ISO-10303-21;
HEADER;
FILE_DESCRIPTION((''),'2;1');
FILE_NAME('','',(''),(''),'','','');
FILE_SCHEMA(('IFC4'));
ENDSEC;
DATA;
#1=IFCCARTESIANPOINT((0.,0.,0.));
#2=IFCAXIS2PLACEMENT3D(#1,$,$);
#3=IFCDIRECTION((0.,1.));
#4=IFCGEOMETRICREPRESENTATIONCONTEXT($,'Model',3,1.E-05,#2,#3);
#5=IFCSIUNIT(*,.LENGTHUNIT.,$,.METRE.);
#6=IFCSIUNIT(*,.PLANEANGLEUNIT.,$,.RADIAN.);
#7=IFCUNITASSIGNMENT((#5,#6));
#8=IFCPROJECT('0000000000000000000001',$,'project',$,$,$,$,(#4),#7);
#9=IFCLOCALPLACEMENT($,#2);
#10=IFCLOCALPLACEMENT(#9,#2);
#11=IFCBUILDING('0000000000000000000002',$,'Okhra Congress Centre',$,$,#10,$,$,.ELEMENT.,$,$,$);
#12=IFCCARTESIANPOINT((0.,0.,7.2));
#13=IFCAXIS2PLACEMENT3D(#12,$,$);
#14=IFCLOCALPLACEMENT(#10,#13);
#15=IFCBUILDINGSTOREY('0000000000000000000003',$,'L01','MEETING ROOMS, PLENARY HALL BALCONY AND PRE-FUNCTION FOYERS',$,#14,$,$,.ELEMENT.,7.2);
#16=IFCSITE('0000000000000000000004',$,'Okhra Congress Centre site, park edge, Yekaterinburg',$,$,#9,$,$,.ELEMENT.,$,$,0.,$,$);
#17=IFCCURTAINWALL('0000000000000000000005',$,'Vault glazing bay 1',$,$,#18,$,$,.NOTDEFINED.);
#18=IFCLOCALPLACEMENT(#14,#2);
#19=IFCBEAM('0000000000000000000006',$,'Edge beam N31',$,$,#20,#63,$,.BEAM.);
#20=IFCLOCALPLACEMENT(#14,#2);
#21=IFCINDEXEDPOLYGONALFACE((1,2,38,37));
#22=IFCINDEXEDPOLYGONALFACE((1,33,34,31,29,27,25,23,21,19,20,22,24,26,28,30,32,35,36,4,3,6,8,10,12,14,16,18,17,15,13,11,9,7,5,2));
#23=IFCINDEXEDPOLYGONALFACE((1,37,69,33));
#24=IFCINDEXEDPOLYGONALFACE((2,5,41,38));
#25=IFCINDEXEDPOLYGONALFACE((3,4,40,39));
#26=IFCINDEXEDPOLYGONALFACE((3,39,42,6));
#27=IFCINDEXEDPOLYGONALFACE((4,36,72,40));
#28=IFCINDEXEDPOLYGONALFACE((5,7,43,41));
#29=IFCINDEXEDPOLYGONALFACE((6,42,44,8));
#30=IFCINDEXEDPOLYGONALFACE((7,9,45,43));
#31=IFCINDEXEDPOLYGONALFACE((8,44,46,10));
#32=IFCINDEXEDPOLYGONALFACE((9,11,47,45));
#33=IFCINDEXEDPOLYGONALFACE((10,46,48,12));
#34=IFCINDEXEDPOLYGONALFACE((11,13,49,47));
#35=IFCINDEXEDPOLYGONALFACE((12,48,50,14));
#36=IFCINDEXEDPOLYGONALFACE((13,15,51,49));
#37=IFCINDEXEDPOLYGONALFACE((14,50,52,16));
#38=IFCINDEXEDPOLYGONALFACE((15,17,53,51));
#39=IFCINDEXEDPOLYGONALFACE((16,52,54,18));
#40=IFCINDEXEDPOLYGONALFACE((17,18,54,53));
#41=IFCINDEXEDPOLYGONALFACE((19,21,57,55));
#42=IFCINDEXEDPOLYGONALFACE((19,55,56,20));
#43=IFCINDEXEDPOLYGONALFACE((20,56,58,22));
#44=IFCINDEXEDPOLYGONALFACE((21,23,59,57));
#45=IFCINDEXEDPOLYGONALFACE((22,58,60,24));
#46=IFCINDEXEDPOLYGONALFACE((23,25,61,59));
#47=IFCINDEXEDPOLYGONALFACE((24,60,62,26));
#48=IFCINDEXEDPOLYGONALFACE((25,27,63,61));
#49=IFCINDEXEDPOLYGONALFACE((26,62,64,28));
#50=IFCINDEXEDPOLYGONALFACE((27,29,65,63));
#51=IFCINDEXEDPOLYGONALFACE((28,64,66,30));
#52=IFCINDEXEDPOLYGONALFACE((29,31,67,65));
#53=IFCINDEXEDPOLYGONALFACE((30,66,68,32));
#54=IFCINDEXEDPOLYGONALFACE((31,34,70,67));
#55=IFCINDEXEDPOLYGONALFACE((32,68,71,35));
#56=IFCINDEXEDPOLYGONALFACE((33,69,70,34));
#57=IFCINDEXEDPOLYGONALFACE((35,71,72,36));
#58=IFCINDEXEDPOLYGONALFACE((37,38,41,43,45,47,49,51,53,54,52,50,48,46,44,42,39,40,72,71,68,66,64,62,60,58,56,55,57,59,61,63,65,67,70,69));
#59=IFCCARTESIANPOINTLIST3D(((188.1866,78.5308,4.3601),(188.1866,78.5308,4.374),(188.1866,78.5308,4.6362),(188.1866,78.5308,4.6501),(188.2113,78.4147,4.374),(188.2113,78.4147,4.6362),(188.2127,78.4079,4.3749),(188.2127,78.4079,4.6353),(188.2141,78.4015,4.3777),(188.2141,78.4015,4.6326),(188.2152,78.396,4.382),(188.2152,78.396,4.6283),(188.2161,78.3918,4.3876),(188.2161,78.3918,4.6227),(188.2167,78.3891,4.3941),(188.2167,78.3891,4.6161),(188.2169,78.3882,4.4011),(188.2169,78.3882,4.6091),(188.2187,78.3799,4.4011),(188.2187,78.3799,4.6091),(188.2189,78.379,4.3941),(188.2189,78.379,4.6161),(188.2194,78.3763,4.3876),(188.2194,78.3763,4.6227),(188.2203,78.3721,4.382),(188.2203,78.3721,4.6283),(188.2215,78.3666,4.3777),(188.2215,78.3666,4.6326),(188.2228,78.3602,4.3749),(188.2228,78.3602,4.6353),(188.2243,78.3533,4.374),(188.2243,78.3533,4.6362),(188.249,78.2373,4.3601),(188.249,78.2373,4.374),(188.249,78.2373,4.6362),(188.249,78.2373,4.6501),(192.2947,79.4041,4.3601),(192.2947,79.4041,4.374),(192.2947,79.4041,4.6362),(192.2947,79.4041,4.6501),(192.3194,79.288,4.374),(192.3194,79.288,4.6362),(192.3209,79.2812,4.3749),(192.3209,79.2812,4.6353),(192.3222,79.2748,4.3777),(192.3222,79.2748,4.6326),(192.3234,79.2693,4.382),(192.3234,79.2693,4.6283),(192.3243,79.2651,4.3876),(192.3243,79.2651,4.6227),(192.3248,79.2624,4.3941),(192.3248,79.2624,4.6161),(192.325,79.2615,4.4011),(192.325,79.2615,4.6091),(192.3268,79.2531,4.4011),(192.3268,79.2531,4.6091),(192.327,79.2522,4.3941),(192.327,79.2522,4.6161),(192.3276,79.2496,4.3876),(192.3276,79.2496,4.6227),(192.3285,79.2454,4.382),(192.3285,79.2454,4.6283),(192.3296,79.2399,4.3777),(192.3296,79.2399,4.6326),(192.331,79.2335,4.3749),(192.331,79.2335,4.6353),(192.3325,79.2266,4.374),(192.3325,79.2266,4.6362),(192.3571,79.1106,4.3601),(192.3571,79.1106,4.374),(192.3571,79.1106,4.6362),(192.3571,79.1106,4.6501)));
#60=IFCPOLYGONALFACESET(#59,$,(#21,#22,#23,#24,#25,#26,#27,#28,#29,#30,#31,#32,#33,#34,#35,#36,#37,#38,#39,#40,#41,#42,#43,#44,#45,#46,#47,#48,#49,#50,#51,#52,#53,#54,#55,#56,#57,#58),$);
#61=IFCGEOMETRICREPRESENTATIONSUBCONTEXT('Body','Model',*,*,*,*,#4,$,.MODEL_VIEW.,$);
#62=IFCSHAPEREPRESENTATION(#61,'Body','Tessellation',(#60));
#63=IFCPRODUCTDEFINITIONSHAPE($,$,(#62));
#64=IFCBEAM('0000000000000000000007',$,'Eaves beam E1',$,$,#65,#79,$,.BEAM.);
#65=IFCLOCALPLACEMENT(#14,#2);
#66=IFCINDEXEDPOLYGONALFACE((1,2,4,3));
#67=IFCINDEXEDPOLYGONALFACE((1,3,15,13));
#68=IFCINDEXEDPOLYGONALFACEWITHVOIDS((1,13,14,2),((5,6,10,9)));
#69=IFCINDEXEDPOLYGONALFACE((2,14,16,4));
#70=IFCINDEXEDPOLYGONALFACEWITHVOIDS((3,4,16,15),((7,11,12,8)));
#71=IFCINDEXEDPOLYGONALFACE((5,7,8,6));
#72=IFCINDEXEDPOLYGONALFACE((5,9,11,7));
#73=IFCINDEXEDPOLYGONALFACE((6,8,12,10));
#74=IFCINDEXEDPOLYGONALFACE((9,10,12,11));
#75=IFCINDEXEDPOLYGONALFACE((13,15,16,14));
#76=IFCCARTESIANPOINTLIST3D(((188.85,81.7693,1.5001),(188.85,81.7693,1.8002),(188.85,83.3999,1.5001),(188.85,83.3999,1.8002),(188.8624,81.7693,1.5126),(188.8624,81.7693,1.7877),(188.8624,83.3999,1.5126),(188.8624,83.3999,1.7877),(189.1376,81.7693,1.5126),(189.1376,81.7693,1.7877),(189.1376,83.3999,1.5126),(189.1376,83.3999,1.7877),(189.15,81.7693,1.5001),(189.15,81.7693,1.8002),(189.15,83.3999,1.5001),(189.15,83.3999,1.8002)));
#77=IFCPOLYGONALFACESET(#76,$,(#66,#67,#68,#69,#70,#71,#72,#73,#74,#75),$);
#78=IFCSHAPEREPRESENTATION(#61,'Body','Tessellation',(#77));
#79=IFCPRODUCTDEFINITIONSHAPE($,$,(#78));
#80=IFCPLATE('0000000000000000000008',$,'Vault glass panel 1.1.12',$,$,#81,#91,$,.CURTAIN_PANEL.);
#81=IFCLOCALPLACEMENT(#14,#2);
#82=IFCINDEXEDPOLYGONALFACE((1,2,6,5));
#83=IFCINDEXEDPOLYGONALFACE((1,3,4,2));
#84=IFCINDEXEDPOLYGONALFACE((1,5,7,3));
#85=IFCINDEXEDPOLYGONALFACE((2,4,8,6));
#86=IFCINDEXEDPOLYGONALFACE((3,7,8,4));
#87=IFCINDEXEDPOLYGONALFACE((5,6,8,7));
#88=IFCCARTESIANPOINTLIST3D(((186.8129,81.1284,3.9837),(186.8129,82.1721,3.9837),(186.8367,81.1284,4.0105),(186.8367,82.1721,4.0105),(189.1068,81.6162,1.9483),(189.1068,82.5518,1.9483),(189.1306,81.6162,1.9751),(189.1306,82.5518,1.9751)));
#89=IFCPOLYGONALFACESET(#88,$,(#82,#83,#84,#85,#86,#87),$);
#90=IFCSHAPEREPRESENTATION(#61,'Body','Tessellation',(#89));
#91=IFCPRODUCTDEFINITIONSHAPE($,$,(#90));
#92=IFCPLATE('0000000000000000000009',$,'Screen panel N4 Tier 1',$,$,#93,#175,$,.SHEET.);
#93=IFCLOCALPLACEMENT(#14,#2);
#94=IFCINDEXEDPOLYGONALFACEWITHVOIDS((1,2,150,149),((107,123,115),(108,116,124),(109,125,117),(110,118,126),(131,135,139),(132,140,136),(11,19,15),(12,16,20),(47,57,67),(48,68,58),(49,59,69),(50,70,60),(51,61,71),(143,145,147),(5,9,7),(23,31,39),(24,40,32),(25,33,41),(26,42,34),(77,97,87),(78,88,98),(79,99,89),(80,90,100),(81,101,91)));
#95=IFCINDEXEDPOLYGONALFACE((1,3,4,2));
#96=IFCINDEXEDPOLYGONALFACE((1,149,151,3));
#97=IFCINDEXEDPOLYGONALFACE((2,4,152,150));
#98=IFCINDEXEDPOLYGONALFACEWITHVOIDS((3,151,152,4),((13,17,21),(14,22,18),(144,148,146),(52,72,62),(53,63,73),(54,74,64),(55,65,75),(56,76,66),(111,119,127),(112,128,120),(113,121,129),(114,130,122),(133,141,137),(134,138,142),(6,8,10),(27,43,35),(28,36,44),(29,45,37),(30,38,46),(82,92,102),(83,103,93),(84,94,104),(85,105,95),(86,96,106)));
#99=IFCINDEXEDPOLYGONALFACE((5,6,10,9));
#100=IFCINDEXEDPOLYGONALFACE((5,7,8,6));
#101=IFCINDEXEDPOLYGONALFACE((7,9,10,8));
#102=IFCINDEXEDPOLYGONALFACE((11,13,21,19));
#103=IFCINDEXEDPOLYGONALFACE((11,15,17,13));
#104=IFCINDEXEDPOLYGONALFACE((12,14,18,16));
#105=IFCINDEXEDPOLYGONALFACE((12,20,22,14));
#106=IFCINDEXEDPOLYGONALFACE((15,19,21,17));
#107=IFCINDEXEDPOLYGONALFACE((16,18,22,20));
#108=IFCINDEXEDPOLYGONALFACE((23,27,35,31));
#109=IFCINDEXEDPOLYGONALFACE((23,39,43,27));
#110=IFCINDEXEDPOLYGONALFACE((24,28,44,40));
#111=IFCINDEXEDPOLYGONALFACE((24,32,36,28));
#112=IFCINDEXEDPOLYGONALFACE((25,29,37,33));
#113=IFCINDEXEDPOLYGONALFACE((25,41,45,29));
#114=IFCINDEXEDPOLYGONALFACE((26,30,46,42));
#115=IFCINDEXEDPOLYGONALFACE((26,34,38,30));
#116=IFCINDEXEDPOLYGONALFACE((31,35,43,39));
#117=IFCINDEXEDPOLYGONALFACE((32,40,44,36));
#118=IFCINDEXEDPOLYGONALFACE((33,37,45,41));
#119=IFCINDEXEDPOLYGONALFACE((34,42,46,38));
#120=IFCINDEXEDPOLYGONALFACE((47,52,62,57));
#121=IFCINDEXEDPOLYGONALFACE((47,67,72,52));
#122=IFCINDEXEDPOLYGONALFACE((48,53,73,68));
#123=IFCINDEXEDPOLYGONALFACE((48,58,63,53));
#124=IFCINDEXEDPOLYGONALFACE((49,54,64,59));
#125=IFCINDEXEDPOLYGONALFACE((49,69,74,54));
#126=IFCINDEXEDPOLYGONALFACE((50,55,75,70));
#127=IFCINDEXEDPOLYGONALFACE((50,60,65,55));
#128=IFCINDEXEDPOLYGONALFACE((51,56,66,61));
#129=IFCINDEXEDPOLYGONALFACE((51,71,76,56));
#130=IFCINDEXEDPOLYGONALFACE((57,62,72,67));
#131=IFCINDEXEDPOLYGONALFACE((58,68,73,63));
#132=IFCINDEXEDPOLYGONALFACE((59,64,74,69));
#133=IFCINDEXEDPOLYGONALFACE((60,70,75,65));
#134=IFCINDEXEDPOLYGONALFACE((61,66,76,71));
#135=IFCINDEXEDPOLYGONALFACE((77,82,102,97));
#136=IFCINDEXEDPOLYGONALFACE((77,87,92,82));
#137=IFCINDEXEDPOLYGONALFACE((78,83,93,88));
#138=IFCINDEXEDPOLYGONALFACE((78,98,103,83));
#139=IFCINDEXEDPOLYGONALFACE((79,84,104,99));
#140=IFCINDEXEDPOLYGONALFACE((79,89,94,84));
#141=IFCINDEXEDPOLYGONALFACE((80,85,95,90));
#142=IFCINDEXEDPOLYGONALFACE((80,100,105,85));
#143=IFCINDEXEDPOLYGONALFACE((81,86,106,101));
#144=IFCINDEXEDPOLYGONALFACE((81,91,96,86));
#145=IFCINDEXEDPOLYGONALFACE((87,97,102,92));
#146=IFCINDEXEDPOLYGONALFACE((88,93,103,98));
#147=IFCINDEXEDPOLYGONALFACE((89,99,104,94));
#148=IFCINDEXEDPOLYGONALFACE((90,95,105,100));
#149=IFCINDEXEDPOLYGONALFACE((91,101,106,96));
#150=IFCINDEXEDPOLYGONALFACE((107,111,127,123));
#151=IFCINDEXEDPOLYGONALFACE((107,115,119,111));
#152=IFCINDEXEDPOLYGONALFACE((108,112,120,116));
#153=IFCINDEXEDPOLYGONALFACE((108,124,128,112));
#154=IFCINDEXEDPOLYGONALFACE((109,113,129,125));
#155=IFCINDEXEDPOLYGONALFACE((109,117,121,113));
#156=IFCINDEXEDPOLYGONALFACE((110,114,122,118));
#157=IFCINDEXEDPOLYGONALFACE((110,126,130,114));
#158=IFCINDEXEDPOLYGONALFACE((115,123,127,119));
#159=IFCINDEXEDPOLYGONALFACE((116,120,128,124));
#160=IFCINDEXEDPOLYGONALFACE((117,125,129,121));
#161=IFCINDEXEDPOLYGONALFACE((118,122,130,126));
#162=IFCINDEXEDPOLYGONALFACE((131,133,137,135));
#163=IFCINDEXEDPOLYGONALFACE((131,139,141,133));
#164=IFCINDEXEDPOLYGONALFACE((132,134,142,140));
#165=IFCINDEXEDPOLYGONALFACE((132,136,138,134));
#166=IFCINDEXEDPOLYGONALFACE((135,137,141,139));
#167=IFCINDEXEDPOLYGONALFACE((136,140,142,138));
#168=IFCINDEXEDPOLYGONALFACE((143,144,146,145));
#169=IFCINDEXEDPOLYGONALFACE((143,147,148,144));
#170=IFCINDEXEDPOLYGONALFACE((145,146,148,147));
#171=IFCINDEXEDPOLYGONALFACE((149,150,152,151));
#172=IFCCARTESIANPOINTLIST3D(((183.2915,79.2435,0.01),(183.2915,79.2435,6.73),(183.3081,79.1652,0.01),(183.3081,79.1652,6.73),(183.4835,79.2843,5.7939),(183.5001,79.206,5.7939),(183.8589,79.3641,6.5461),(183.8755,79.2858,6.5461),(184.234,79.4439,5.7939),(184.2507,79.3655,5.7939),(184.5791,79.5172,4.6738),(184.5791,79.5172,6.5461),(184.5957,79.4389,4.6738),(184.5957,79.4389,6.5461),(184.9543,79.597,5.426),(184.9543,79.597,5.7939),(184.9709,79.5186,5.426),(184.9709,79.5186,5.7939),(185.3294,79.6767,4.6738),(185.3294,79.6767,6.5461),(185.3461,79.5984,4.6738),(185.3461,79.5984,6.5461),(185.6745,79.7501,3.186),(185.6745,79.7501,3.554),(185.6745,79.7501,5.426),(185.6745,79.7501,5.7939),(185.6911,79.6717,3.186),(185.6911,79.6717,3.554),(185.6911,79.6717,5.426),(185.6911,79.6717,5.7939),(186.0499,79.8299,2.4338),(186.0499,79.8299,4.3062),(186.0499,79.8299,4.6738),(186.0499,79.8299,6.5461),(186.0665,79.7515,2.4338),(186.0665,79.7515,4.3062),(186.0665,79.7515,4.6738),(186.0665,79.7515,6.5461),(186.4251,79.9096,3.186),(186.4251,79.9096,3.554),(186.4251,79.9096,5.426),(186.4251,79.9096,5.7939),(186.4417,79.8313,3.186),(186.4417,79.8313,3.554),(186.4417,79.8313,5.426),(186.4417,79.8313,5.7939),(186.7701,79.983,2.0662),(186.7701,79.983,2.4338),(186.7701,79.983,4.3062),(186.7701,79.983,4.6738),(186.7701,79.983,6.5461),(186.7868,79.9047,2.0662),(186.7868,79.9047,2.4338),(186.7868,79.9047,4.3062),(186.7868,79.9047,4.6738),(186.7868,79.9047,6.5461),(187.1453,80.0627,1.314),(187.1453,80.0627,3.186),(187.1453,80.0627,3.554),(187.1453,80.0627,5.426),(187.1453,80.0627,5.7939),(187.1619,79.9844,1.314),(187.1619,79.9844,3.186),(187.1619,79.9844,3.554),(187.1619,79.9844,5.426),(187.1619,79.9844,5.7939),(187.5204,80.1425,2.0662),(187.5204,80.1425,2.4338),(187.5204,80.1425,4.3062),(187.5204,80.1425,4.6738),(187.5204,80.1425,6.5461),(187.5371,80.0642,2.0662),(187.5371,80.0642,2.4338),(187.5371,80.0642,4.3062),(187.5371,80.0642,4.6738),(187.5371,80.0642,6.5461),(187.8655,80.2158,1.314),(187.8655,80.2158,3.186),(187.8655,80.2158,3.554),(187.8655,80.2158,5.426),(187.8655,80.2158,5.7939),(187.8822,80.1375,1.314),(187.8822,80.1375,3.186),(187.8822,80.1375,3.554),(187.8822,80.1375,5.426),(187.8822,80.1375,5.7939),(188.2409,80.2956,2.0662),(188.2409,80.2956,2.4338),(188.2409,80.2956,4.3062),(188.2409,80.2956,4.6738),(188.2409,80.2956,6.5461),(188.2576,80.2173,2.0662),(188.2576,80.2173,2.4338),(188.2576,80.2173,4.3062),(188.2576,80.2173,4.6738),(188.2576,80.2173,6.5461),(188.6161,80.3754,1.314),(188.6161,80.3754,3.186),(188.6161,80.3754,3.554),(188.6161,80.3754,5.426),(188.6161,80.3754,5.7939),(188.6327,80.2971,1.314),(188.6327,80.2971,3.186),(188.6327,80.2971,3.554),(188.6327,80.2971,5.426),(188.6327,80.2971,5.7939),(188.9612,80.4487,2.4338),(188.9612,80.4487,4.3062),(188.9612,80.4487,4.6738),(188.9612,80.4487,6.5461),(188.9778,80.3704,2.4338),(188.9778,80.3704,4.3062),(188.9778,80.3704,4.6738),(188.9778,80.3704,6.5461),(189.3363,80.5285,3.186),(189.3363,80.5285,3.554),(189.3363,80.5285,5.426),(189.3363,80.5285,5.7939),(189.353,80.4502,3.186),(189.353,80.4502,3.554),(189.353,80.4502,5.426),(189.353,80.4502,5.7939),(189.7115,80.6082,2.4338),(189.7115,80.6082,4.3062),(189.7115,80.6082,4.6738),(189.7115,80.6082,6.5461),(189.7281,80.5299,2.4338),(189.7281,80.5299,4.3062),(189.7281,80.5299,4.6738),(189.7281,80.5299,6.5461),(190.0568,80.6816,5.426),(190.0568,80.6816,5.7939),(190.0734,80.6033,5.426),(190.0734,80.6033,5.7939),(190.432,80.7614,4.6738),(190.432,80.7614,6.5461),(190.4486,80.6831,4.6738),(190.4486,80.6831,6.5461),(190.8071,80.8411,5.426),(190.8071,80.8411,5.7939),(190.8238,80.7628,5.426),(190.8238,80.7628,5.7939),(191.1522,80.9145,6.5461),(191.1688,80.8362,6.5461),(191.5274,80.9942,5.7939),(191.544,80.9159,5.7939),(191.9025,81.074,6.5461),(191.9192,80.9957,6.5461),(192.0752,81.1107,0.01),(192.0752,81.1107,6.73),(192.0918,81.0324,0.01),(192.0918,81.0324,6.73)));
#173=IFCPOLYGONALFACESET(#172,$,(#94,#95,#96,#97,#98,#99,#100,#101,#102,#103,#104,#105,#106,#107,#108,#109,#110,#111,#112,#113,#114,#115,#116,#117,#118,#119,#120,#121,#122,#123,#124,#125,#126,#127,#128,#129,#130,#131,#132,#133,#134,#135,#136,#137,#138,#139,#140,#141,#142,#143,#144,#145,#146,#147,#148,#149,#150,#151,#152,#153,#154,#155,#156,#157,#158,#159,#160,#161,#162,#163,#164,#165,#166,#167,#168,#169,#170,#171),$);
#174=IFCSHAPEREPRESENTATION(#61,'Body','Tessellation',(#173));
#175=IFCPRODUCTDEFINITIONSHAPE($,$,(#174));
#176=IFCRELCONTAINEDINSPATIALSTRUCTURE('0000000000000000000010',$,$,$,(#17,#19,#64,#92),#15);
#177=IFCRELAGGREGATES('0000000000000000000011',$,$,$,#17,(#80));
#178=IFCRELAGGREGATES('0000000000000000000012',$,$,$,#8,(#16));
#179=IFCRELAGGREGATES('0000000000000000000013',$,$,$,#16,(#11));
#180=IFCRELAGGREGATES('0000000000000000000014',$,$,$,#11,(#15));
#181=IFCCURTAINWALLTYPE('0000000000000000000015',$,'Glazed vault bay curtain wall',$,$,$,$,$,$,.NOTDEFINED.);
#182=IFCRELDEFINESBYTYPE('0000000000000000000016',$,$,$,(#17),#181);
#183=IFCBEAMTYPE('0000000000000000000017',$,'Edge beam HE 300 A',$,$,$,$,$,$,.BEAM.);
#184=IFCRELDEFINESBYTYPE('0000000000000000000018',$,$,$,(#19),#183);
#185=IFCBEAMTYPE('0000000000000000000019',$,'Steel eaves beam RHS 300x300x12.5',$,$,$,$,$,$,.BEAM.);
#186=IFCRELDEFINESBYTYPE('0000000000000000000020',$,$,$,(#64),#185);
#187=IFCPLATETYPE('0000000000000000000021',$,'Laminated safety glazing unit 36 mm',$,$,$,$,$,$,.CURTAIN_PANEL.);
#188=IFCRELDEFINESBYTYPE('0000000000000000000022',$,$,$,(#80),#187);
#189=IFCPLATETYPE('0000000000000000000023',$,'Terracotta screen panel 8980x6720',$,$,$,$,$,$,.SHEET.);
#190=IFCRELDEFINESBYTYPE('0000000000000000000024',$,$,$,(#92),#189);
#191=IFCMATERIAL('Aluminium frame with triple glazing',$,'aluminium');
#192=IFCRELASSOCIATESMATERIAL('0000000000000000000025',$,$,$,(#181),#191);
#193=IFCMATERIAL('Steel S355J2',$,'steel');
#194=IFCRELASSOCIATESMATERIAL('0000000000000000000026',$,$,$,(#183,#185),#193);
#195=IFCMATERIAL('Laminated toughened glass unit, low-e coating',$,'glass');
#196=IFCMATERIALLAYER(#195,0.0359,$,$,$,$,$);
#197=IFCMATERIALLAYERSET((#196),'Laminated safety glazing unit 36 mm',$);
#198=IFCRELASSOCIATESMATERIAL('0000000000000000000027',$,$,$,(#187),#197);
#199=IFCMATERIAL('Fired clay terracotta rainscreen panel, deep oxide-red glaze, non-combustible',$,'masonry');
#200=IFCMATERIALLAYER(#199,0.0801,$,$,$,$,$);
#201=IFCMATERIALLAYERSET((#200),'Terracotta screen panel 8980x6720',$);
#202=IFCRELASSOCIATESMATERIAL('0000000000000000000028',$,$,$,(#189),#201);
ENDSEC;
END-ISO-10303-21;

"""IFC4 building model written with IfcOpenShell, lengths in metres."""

from ifc_helpers import new_model, si_unit, direction, frame, origin, origin_2d, place, context, subcontext, project, spatial, polyline, hollow_rectangle, i_section, outline, extrude, material, layer, layer_set, material_profile, profile_set, type_object, element, aggregate, save


model = new_model("IFC4")

# Units and contexts
model_context = context("Model", 3, precision=1e-05, world=origin(), true_north=direction((0.0, 1.0)))
body_context = subcontext(model_context, "Body", "Model", "MODEL_VIEW")
ifc_project = project(units=[si_unit("LENGTHUNIT", "METRE"), si_unit("PLANEANGLEUNIT", "RADIAN")], contexts=[model_context])

# Site, building, storey
site_placement = place(None, origin())
site = spatial("IfcSite", under=ifc_project, at=site_placement, Name="Okhra Congress Centre site, park edge, Yekaterinburg", CompositionType="ELEMENT", RefElevation=0.0)
building_placement = place(site_placement, origin())
building = spatial("IfcBuilding", under=site, at=building_placement, Name="Okhra Congress Centre", CompositionType="ELEMENT")
storey_placement = place(building_placement, frame((0.0, 0.0, 7.2)))
storey = spatial("IfcBuildingStorey", under=building, at=storey_placement, Name="L01", Description="MEETING ROOMS, PLENARY HALL BALCONY AND PRE-FUNCTION FOYERS", CompositionType="ELEMENT", Elevation=7.2)

# Shared definitions
ifc_material_1 = material(Name="Steel S355J2", Category="steel")

# Curtain wall
ifc_material_2 = material(Name="Aluminium frame with triple glazing", Category="aluminium")
curtain_wall_type_1 = type_object("IfcCurtainWallType", Name="Glazed vault bay curtain wall", PredefinedType="NOTDEFINED", material=ifc_material_2)
curtain_wall_1_placement = place(storey_placement, origin())
curtain_wall_1 = element("IfcCurtainWall", 1, at=curtain_wall_1_placement, inside=storey, type_object=curtain_wall_type_1, Name="Vault glazing bay 1", PredefinedType="NOTDEFINED")

# Beams
ifc_material_profile_1 = material_profile(ifc_material_1, i_section(OverallWidth=0.3, OverallDepth=0.29, WebThickness=0.0085, FlangeThickness=0.0139, FilletRadius=0.0271, at=origin_2d()), Name="HE 300 A")
ifc_profile_set_1 = profile_set([ifc_material_profile_1], Name="Steel S355J2")
beam_type_1 = type_object("IfcBeamType", Name="Edge beam HE 300 A", PredefinedType="BEAM", material=ifc_profile_set_1)
beam_1_placement = place(storey_placement, frame((188.2178, 78.384, 4.5051), z_axis=(0.978144, 0.207929, 0.0), x_axis=(-0.207929, 0.978144, 0.0)))
element("IfcBeam", 2, at=beam_1_placement, inside=storey, type_object=beam_type_1, Name="Edge beam N31", PredefinedType="BEAM", context=body_context, shape_type="SweptSolid", body=[
    extrude(i_section(OverallWidth=0.3, OverallDepth=0.29, WebThickness=0.0085, FlangeThickness=0.0139, FilletRadius=0.0271, at=origin_2d()), origin(), (0.0, 0.0, 1.0), 4.2),
])
ifc_material_profile_2 = material_profile(ifc_material_1, hollow_rectangle(XDim=0.3, YDim=0.3, WallThickness=0.0125, at=origin_2d()), Name="RHS 300x300x12.5")
ifc_profile_set_2 = profile_set([ifc_material_profile_2], Name="Steel S355J2")
beam_type_2 = type_object("IfcBeamType", Name="Steel eaves beam RHS 300x300x12.5", PredefinedType="BEAM", material=ifc_profile_set_2)
beam_2_placement = place(storey_placement, frame((189.0, 81.7693, 1.6501), z_axis=(0.0, 1.0, 0.0), x_axis=(-1.0, 0.0, 0.0)))
element("IfcBeam", 3, at=beam_2_placement, inside=storey, type_object=beam_type_2, Name="Eaves beam E1", PredefinedType="BEAM", context=body_context, shape_type="SweptSolid", body=[
    extrude(hollow_rectangle(XDim=0.3, YDim=0.3, WallThickness=0.0125, at=origin_2d()), origin(), (0.0, 0.0, 1.0), 1.6306),
])

# Plates
ifc_material_3 = material(Name="Laminated toughened glass unit, low-e coating", Category="glass")
ifc_layer_1 = layer(ifc_material_3, 0.0359)
ifc_layer_set_1 = layer_set([ifc_layer_1], Name="Laminated safety glazing unit 36 mm")
plate_type_1 = type_object("IfcPlateType", Name="Laminated safety glazing unit 36 mm", PredefinedType="CURTAIN_PANEL", material=ifc_layer_set_1)
plate_1_placement = place(storey_placement, frame((186.8367, 81.1284, 4.0105), z_axis=(0.663697, 0.0, 0.748002), x_axis=(0.738716, 0.157083, -0.655457)))
plate_1 = element("IfcPlate", 4, at=plate_1_placement, type_object=plate_type_1, Name="Vault glass panel 1.1.12", PredefinedType="CURTAIN_PANEL", context=body_context, shape_type="SweptSolid", body=[
    extrude(outline(polyline([(0.0, 0.0), (3.1053, 0.0), (3.2523, 0.9239), (0.1639, 1.0307), (0.0, 0.0)])), origin(), (0.0, 0.0, -1.0), 0.0359),
])
aggregate(curtain_wall_1, [plate_1])
ifc_material_4 = material(Name="Fired clay terracotta rainscreen panel, deep oxide-red glaze, non-combustible", Category="masonry")
ifc_layer_2 = layer(ifc_material_4, 0.0801)
ifc_layer_set_2 = layer_set([ifc_layer_2], Name="Terracotta screen panel 8980x6720")
plate_type_2 = type_object("IfcPlateType", Name="Terracotta screen panel 8980x6720", PredefinedType="SHEET", material=ifc_layer_set_2)
plate_2_placement = place(storey_placement, frame((192.0835, 81.0715, 0.01), z_axis=(0.0, 0.0, 1.0), x_axis=(-0.978144, -0.207928, 0.0)))
element("IfcPlate", 5, at=plate_2_placement, inside=storey, type_object=plate_type_2, Name="Screen panel N4 Tier 1", PredefinedType="SHEET", context=body_context, shape_type="SweptSolid", body=[
    extrude(outline(polyline([(0.0, 0.0), (8.98, 0.0), (8.98, 6.72), (0.0, 6.72), (0.0, 0.0)]), holes=[polyline([(3.5364, 1.304), (4.3037, 1.304), (3.9199, 2.0562), (3.5364, 1.304)]), polyline([(4.6565, 2.0562), (5.04, 1.304), (5.4236, 2.0562), (4.6565, 2.0562)]), polyline([(2.4165, 2.4238), (3.1836, 2.4238), (2.8, 3.176), (2.4165, 2.4238)]), polyline([(3.5364, 3.176), (3.9199, 2.4238), (4.3037, 3.176), (3.5364, 3.176)]), polyline([(4.6565, 2.4238), (5.4236, 2.4238), (5.04, 3.176), (4.6565, 2.4238)]), polyline([(5.7764, 3.176), (6.1599, 2.4238), (6.5437, 3.176), (5.7764, 3.176)]), polyline([(2.4165, 4.2961), (2.8, 3.5439), (3.1836, 4.2961), (2.4165, 4.2961)]), polyline([(3.5364, 3.5439), (4.3037, 3.5439), (3.9199, 4.2961), (3.5364, 3.5439)]), polyline([(4.6565, 4.2961), (5.04, 3.5439), (5.4236, 4.2961), (4.6565, 4.2961)]), polyline([(5.7764, 3.5439), (6.5437, 3.5439), (6.1599, 4.2961), (5.7764, 3.5439)]), polyline([(1.2964, 5.416), (1.6799, 4.6638), (2.0635, 5.416), (1.2964, 5.416)]), polyline([(2.4165, 4.6638), (3.1836, 4.6638), (2.8, 5.416), (2.4165, 4.6638)]), polyline([(3.5364, 5.416), (3.9199, 4.6638), (4.3037, 5.416), (3.5364, 5.416)]), polyline([(4.6565, 4.6638), (5.4236, 4.6638), (5.04, 5.416), (4.6565, 4.6638)]), polyline([(5.7764, 5.416), (6.1599, 4.6638), (6.5437, 5.416), (5.7764, 5.416)]), polyline([(6.8965, 4.6638), (7.6636, 4.6638), (7.28, 5.416), (6.8965, 4.6638)]), polyline([(0.1765, 6.5361), (0.5601, 5.7839), (0.9436, 6.5361), (0.1765, 6.5361)]), polyline([(1.2964, 5.7839), (2.0635, 5.7839), (1.6799, 6.5361), (1.2964, 5.7839)]), polyline([(2.4165, 6.5361), (2.8, 5.7839), (3.1836, 6.5361), (2.4165, 6.5361)]), polyline([(3.5364, 5.7839), (4.3037, 5.7839), (3.9199, 6.5361), (3.5364, 5.7839)]), polyline([(4.6565, 6.5361), (5.04, 5.7839), (5.4236, 6.5361), (4.6565, 6.5361)]), polyline([(5.7764, 5.7839), (6.5437, 5.7839), (6.1599, 6.5361), (5.7764, 5.7839)]), polyline([(6.8965, 6.5361), (7.28, 5.7839), (7.6636, 6.5361), (6.8965, 6.5361)]), polyline([(8.0164, 5.7839), (8.7837, 5.7839), (8.3999, 6.5361), (8.0164, 5.7839)])]), frame((0.0, 0.04, 0.0), z_axis=(0.0, -1.0, 0.0), x_axis=(1.0, 0.0, 0.0)), (0.0, 0.0, 1.0), 0.0801),
])

save(model, "model.ifc")
